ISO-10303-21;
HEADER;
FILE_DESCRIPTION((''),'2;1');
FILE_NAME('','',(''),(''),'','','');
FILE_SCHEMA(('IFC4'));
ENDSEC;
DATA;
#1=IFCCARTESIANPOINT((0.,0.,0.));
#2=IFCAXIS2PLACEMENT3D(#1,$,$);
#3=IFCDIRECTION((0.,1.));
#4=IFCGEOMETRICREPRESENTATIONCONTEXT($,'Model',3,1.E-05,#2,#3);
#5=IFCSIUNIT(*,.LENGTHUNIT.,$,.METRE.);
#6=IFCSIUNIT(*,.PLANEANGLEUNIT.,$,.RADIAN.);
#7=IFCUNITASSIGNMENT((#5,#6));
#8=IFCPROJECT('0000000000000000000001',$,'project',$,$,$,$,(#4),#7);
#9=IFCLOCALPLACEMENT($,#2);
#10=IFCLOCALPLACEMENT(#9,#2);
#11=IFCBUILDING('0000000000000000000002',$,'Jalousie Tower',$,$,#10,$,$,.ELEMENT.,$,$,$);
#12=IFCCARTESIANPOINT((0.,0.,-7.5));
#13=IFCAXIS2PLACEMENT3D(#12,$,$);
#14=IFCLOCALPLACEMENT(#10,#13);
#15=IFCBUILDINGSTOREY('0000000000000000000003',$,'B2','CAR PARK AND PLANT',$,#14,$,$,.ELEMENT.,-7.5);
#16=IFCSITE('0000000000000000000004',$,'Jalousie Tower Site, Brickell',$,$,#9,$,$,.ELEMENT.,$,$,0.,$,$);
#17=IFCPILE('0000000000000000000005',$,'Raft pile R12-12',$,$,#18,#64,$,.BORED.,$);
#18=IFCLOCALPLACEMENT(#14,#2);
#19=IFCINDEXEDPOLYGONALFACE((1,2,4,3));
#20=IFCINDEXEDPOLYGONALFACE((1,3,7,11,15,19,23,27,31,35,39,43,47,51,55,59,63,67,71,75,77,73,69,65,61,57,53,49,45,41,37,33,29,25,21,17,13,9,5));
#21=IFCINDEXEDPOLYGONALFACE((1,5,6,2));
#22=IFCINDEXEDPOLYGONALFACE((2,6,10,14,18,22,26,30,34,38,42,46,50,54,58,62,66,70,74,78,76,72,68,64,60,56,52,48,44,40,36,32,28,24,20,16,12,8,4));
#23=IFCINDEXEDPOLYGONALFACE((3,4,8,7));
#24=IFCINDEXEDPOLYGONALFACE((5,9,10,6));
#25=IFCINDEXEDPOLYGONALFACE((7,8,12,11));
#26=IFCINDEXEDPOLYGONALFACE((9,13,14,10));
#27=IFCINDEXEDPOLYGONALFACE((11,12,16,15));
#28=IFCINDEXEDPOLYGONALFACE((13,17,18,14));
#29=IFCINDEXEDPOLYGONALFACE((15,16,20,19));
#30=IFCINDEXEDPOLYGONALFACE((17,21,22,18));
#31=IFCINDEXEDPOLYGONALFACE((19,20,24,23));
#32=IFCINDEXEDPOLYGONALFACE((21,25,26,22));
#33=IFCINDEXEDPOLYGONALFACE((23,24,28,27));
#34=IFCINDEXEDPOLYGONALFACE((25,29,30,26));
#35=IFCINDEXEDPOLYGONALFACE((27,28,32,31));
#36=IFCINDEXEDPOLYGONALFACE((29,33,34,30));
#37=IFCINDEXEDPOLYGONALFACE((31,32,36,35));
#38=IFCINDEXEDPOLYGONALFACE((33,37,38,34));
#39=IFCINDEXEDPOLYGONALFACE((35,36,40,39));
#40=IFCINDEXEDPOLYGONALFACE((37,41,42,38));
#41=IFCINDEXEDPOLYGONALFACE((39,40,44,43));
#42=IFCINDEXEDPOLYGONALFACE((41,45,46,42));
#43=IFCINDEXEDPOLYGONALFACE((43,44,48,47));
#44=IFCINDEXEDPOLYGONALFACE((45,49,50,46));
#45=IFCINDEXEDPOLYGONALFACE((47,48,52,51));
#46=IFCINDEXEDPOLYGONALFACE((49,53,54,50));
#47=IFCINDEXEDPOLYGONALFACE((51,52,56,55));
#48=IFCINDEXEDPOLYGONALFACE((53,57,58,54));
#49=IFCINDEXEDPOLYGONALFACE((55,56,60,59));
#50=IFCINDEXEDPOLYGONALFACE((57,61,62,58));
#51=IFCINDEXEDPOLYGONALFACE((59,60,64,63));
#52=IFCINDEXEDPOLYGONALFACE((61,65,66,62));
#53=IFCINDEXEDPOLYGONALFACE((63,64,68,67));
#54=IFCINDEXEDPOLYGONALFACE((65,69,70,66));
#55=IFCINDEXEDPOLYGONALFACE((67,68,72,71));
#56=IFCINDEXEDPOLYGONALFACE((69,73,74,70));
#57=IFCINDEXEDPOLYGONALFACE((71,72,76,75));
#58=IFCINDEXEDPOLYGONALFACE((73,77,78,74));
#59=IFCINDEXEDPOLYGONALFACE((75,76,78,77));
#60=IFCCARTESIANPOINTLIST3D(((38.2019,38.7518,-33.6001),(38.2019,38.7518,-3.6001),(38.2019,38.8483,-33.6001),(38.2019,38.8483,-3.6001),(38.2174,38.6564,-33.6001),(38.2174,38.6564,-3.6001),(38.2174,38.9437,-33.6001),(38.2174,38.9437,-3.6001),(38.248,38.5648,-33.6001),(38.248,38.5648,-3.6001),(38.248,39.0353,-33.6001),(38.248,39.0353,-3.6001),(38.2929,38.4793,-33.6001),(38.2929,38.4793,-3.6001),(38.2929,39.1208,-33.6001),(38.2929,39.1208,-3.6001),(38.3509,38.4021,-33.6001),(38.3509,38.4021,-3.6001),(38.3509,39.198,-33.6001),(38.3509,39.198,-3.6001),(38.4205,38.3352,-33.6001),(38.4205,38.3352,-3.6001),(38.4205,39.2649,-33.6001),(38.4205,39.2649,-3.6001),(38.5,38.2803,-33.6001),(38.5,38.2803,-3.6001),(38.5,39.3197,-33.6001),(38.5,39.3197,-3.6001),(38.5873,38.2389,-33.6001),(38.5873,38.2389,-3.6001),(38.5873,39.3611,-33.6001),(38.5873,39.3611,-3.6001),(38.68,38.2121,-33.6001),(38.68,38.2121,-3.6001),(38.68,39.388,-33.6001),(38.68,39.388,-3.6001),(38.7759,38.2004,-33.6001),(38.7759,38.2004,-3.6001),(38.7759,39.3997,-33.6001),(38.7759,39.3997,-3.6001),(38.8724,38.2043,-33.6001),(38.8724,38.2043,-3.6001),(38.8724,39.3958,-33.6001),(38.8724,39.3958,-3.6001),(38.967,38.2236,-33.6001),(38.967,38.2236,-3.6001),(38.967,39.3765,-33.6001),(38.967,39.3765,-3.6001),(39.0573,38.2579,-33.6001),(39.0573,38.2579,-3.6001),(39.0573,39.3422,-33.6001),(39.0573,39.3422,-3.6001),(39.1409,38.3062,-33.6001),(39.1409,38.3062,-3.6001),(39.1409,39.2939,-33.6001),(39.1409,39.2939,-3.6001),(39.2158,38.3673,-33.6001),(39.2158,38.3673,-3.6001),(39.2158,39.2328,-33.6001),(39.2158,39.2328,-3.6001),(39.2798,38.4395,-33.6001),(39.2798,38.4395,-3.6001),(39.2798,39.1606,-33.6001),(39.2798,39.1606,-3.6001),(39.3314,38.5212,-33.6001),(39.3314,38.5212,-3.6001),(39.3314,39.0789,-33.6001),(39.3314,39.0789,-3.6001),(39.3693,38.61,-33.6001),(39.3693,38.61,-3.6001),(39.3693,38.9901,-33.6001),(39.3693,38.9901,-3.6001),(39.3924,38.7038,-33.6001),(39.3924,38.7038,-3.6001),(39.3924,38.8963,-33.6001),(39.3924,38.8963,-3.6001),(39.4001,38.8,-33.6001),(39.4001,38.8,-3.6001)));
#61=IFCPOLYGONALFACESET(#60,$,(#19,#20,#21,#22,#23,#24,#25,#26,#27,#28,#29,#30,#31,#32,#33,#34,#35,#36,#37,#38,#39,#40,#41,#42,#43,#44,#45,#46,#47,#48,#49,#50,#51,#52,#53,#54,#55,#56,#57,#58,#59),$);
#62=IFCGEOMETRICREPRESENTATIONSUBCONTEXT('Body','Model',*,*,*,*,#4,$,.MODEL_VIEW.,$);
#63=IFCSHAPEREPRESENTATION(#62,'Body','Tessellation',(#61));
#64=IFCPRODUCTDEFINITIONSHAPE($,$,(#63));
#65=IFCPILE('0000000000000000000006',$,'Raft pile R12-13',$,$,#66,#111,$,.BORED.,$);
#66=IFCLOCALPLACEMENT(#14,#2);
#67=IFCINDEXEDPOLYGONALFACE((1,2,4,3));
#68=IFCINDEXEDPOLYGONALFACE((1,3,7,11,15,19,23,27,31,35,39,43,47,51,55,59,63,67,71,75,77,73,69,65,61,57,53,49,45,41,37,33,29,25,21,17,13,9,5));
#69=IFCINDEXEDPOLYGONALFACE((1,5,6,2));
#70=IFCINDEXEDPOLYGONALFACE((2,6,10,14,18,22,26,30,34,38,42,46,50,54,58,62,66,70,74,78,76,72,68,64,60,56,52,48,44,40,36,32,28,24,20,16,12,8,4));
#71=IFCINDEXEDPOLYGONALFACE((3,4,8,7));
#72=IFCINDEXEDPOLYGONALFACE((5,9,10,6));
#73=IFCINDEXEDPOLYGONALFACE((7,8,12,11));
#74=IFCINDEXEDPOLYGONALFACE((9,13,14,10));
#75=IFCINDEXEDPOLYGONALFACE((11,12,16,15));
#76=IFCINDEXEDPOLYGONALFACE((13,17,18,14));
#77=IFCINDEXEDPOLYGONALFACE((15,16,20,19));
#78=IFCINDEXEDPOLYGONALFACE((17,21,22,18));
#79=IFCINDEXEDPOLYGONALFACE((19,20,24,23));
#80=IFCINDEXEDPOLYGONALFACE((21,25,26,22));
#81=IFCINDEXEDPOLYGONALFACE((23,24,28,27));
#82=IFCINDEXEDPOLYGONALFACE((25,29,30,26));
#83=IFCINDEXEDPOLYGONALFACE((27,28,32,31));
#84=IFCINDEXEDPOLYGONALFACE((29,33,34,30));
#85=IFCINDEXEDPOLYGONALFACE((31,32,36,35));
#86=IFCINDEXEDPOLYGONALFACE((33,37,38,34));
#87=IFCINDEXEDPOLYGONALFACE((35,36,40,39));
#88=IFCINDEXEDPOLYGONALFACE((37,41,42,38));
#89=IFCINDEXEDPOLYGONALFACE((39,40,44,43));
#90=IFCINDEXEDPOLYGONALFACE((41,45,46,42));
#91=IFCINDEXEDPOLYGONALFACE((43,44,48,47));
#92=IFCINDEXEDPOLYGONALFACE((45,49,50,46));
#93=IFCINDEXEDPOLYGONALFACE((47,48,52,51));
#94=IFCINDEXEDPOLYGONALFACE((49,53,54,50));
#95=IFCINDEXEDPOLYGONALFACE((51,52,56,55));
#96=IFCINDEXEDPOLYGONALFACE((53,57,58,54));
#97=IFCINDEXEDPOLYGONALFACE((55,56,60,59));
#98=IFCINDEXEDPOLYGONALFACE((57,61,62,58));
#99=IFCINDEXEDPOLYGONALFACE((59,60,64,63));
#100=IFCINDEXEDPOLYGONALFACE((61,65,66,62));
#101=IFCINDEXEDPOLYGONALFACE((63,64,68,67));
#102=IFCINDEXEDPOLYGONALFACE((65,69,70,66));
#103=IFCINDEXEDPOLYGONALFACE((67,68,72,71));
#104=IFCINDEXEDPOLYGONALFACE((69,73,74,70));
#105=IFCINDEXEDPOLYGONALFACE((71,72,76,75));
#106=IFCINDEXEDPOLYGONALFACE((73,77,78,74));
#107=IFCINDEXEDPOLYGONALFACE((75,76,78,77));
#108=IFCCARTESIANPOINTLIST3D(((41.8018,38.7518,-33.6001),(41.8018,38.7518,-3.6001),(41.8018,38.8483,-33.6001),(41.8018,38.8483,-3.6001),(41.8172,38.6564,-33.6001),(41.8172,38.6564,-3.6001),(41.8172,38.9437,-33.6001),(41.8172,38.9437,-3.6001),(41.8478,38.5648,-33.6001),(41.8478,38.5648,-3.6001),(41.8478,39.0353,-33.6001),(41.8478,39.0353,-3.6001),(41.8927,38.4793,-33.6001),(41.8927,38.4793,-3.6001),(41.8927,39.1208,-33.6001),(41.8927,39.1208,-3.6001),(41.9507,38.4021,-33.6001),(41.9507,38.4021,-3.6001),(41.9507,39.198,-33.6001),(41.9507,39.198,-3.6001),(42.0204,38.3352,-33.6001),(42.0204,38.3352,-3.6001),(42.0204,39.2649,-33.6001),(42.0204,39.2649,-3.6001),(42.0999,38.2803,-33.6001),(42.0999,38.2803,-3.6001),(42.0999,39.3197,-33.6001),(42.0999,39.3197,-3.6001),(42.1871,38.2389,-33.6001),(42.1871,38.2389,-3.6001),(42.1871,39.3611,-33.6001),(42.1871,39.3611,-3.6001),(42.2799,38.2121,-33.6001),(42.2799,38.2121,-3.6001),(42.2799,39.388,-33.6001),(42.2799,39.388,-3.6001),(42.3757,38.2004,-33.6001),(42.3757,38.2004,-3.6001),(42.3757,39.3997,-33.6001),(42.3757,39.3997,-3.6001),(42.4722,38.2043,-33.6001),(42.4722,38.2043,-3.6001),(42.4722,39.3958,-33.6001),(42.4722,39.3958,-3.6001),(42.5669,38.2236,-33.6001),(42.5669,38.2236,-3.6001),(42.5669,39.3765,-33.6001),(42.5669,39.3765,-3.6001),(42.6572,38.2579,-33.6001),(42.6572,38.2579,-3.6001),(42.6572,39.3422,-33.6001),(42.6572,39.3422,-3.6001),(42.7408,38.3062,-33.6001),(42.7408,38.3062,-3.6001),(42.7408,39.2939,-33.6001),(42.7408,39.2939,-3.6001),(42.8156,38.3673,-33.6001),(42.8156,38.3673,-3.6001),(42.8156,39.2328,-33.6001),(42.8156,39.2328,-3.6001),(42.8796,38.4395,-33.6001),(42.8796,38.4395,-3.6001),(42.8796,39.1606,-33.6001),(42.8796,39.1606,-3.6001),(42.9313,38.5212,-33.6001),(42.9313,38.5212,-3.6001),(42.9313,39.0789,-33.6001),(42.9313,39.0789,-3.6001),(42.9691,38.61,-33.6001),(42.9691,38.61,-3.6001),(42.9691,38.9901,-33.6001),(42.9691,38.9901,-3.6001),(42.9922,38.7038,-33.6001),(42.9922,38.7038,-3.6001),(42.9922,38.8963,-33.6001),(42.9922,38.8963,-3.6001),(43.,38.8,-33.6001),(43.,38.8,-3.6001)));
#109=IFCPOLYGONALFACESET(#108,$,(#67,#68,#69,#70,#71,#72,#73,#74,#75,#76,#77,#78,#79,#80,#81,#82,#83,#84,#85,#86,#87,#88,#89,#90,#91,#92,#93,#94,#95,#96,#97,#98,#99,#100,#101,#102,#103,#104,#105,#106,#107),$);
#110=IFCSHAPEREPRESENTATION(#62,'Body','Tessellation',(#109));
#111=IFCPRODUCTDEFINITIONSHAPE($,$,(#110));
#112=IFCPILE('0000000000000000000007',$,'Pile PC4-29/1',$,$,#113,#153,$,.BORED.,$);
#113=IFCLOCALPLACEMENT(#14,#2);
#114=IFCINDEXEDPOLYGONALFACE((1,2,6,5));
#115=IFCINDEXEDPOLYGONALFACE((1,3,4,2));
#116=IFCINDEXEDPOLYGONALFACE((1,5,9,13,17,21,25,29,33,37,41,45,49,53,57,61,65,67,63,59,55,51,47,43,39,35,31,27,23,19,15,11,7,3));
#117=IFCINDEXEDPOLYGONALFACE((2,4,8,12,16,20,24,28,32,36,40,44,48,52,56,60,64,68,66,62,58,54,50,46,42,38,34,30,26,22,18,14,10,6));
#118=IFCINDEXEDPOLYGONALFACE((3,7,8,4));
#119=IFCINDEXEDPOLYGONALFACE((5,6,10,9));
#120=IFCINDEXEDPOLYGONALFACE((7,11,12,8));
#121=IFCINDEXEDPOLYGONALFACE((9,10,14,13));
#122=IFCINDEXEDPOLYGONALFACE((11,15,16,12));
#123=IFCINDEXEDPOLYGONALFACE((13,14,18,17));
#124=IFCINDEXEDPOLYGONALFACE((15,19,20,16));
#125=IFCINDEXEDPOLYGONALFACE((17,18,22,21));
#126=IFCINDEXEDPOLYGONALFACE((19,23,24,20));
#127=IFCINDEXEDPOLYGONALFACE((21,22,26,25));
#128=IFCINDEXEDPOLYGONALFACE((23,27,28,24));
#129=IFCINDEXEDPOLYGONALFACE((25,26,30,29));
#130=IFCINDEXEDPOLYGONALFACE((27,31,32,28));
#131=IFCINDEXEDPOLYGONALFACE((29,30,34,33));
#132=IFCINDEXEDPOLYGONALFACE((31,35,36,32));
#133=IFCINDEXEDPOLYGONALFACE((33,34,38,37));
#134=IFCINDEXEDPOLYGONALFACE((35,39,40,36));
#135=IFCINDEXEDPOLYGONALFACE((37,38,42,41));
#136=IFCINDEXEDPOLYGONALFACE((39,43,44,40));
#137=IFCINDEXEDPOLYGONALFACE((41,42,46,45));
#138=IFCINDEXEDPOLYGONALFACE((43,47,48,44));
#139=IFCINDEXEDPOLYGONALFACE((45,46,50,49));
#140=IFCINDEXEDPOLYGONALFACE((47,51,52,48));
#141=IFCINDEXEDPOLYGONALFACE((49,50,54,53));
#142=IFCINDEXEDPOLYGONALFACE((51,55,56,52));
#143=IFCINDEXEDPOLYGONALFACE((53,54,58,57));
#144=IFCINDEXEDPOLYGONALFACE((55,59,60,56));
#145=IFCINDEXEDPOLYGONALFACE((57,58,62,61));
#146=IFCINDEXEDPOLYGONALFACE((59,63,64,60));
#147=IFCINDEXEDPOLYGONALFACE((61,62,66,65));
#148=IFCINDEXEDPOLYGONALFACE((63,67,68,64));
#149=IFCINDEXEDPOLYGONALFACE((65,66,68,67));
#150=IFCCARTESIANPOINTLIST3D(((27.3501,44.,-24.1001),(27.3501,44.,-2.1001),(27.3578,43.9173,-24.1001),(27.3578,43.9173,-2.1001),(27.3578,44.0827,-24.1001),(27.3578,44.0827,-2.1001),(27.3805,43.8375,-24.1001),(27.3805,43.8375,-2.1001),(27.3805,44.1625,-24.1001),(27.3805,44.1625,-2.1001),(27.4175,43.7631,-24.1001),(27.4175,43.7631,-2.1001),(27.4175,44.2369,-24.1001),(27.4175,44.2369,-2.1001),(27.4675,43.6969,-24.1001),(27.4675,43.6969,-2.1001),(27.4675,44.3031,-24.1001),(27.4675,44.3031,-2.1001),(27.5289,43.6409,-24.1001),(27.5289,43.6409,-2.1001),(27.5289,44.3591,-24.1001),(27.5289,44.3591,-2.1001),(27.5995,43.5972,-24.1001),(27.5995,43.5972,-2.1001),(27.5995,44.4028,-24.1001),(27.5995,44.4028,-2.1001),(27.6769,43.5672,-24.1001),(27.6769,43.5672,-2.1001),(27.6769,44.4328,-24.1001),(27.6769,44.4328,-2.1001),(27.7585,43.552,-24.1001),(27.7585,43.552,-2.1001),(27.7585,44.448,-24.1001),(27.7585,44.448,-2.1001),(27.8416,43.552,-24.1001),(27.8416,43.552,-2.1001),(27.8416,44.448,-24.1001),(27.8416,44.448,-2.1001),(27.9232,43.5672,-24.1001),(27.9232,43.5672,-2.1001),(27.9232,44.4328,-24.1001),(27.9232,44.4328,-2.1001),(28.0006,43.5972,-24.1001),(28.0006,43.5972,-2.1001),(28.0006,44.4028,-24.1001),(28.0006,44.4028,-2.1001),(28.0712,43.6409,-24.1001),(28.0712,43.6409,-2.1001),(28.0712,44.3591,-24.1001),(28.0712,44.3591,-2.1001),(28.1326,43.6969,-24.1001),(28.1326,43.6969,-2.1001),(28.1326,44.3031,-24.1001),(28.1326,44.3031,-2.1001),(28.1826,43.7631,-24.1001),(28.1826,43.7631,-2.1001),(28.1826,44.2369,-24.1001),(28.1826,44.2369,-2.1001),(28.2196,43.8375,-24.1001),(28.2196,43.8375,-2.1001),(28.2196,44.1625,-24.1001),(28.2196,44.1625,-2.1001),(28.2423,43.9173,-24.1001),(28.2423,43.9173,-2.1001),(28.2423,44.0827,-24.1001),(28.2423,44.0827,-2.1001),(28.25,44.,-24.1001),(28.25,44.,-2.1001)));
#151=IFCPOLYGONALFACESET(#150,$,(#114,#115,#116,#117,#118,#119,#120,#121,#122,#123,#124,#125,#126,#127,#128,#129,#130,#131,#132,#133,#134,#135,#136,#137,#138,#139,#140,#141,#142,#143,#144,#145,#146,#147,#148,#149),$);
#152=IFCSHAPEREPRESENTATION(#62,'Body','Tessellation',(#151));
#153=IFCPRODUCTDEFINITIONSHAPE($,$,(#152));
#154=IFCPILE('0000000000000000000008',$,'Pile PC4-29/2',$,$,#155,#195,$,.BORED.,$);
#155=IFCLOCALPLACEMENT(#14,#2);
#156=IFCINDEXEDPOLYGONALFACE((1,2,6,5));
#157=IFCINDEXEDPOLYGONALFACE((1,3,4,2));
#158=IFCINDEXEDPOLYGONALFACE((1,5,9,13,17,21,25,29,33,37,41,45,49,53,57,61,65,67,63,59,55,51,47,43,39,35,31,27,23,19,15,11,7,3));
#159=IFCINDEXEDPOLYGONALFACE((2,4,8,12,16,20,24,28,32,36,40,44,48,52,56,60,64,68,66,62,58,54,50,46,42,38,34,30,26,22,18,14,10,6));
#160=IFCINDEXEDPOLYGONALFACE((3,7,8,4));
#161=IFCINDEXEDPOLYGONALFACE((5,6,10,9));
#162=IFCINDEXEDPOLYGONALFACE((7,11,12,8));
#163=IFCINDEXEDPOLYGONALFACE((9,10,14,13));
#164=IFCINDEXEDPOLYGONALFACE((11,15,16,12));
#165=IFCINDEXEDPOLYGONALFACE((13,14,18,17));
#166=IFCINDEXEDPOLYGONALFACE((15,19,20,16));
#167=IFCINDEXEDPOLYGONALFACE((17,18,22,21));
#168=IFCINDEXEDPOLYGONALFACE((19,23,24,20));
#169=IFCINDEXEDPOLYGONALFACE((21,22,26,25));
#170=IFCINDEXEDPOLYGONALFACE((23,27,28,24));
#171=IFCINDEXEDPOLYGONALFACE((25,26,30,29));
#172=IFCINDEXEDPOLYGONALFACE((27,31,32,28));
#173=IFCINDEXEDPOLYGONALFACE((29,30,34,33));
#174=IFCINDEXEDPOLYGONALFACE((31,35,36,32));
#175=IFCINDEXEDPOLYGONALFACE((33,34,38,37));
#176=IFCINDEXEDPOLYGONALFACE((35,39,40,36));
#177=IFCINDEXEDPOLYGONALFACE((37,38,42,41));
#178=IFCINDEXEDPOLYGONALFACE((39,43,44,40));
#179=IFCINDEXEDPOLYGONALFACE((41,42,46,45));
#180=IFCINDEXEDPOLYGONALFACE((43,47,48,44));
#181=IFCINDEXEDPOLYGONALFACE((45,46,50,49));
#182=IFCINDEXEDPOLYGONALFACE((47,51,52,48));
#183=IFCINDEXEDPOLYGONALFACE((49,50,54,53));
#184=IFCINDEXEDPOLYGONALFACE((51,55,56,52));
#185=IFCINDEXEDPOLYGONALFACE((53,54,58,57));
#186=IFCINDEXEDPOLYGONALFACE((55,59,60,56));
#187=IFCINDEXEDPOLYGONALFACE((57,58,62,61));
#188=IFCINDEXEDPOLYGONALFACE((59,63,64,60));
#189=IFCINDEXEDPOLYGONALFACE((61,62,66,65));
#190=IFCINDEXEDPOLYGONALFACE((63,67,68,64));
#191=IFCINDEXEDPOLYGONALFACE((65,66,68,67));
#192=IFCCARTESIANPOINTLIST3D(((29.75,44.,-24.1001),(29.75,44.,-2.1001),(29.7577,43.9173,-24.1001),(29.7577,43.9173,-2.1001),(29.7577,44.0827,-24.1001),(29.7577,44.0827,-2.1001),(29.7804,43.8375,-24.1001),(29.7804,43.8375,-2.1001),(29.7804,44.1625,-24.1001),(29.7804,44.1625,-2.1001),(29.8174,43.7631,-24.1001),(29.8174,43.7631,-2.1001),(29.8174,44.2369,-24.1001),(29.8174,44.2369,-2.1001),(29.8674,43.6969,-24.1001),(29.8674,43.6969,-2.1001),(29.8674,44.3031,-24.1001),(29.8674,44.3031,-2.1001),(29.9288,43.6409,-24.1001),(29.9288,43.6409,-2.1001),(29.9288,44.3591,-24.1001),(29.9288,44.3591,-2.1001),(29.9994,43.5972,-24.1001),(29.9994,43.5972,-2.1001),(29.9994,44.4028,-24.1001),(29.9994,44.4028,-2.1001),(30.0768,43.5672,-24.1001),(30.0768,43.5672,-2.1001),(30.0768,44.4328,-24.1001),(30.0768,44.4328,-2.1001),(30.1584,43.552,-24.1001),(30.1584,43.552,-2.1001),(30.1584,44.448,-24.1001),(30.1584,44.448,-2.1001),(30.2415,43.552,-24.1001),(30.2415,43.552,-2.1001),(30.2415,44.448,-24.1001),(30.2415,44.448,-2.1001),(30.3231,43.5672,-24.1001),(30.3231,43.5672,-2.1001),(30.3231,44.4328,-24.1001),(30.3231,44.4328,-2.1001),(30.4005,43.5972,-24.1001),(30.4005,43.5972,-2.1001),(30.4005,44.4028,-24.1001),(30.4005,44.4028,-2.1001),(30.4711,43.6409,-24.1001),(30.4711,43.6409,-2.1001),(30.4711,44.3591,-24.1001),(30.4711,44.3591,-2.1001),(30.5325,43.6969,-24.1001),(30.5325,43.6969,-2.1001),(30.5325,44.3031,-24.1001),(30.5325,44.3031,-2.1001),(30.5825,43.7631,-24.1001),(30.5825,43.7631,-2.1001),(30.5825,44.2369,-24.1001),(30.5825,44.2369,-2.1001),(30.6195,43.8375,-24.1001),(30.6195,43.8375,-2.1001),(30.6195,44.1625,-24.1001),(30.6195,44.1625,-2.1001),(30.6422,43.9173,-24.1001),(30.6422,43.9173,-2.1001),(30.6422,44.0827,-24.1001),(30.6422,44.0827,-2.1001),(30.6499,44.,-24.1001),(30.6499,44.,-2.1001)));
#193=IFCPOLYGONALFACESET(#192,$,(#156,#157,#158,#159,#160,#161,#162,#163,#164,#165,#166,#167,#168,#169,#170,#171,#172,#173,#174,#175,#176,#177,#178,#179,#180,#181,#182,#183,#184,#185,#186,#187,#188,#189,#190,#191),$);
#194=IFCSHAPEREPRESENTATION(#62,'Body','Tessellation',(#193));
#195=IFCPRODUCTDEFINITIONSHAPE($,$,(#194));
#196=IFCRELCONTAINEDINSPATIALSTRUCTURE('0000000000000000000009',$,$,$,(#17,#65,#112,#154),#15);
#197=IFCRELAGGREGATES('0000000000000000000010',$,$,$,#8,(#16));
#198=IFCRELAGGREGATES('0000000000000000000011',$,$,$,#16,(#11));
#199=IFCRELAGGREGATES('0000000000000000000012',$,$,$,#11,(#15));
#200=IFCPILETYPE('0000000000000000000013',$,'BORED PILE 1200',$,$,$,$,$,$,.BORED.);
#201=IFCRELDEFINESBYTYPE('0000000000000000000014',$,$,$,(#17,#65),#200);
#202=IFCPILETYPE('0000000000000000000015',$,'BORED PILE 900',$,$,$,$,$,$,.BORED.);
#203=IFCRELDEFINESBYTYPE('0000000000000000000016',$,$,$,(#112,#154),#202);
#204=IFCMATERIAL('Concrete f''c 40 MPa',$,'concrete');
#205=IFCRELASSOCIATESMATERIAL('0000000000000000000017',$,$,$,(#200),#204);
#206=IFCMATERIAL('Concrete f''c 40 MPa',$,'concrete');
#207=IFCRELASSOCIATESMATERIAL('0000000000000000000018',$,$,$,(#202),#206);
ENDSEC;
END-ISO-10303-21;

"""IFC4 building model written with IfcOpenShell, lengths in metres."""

from ifc_helpers import new_model, si_unit, direction, frame, origin, origin_2d, place, context, subcontext, project, spatial, circle, extrude, material, material_profile, profile_set, type_object, element, save


model = new_model("IFC4")

# Units and contexts
model_context = context("Model", 3, precision=1e-05, world=origin(), true_north=direction((0.0, 1.0)))
body_context = subcontext(model_context, "Body", "Model", "MODEL_VIEW")
ifc_project = project(units=[si_unit("LENGTHUNIT", "METRE"), si_unit("PLANEANGLEUNIT", "RADIAN")], contexts=[model_context])

# Site, building, storey
site_placement = place(None, origin())
site = spatial("IfcSite", under=ifc_project, at=site_placement, Name="Jalousie Tower Site, Brickell", CompositionType="ELEMENT", RefElevation=0.0)
building_placement = place(site_placement, origin())
building = spatial("IfcBuilding", under=site, at=building_placement, Name="Jalousie Tower", CompositionType="ELEMENT")
storey_placement = place(building_placement, frame((0.0, 0.0, -7.5)))
storey = spatial("IfcBuildingStorey", under=building, at=storey_placement, Name="B2", Description="CAR PARK AND PLANT", CompositionType="ELEMENT", Elevation=-7.5)

# Piles
ifc_material_1 = material(Name="Concrete f'c 40 MPa", Category="concrete")
ifc_material_profile_1 = material_profile(ifc_material_1, circle(Radius=0.6001, at=origin_2d()), Name="BORED PILE D1200")
ifc_profile_set_1 = profile_set([ifc_material_profile_1], Name="Concrete f'c 40 MPa")
pile_type_1 = type_object("IfcPileType", Name="BORED PILE 1200", PredefinedType="BORED", material=ifc_profile_set_1)
for number, where, z_axis, x_axis, name in (
    (1, (38.8, 38.8, -3.6001), (0.0, 0.0, -1.0), (1.0, 0.0, 0.0), "Raft pile R12-12"),
    (2, (42.3999, 38.8, -3.6001), (0.0, 0.0, -1.0), (1.0, 0.0, 0.0), "Raft pile R12-13"),
):
    element("IfcPile", number, at=place(storey_placement, frame(where, z_axis=z_axis, x_axis=x_axis)), inside=storey, type_object=pile_type_1, Name=name, PredefinedType="BORED", context=body_context, shape_type="SweptSolid", body=[
        extrude(circle(Radius=0.6001, at=origin_2d()), origin(), (0.0, 0.0, 1.0), 30.0),
    ])
ifc_material_2 = material(Name="Concrete f'c 40 MPa", Category="concrete")
ifc_material_profile_2 = material_profile(ifc_material_2, circle(Radius=0.45, at=origin_2d()), Name="BORED PILE D900")
ifc_profile_set_2 = profile_set([ifc_material_profile_2], Name="Concrete f'c 40 MPa")
pile_type_2 = type_object("IfcPileType", Name="BORED PILE 900", PredefinedType="BORED", material=ifc_profile_set_2)
for number, where, z_axis, x_axis, name in (
    (3, (27.8, 44.0, -2.1001), (0.0, 0.0, -1.0), (1.0, 0.0, 0.0), "Pile PC4-29/1"),
    (4, (30.2, 44.0, -2.1001), (0.0, 0.0, -1.0), (1.0, 0.0, 0.0), "Pile PC4-29/2"),
):
    element("IfcPile", number, at=place(storey_placement, frame(where, z_axis=z_axis, x_axis=x_axis)), inside=storey, type_object=pile_type_2, Name=name, PredefinedType="BORED", context=body_context, shape_type="SweptSolid", body=[
        extrude(circle(Radius=0.45, at=origin_2d()), origin(), (0.0, 0.0, 1.0), 22.0),
    ])

save(model, "model.ifc")
